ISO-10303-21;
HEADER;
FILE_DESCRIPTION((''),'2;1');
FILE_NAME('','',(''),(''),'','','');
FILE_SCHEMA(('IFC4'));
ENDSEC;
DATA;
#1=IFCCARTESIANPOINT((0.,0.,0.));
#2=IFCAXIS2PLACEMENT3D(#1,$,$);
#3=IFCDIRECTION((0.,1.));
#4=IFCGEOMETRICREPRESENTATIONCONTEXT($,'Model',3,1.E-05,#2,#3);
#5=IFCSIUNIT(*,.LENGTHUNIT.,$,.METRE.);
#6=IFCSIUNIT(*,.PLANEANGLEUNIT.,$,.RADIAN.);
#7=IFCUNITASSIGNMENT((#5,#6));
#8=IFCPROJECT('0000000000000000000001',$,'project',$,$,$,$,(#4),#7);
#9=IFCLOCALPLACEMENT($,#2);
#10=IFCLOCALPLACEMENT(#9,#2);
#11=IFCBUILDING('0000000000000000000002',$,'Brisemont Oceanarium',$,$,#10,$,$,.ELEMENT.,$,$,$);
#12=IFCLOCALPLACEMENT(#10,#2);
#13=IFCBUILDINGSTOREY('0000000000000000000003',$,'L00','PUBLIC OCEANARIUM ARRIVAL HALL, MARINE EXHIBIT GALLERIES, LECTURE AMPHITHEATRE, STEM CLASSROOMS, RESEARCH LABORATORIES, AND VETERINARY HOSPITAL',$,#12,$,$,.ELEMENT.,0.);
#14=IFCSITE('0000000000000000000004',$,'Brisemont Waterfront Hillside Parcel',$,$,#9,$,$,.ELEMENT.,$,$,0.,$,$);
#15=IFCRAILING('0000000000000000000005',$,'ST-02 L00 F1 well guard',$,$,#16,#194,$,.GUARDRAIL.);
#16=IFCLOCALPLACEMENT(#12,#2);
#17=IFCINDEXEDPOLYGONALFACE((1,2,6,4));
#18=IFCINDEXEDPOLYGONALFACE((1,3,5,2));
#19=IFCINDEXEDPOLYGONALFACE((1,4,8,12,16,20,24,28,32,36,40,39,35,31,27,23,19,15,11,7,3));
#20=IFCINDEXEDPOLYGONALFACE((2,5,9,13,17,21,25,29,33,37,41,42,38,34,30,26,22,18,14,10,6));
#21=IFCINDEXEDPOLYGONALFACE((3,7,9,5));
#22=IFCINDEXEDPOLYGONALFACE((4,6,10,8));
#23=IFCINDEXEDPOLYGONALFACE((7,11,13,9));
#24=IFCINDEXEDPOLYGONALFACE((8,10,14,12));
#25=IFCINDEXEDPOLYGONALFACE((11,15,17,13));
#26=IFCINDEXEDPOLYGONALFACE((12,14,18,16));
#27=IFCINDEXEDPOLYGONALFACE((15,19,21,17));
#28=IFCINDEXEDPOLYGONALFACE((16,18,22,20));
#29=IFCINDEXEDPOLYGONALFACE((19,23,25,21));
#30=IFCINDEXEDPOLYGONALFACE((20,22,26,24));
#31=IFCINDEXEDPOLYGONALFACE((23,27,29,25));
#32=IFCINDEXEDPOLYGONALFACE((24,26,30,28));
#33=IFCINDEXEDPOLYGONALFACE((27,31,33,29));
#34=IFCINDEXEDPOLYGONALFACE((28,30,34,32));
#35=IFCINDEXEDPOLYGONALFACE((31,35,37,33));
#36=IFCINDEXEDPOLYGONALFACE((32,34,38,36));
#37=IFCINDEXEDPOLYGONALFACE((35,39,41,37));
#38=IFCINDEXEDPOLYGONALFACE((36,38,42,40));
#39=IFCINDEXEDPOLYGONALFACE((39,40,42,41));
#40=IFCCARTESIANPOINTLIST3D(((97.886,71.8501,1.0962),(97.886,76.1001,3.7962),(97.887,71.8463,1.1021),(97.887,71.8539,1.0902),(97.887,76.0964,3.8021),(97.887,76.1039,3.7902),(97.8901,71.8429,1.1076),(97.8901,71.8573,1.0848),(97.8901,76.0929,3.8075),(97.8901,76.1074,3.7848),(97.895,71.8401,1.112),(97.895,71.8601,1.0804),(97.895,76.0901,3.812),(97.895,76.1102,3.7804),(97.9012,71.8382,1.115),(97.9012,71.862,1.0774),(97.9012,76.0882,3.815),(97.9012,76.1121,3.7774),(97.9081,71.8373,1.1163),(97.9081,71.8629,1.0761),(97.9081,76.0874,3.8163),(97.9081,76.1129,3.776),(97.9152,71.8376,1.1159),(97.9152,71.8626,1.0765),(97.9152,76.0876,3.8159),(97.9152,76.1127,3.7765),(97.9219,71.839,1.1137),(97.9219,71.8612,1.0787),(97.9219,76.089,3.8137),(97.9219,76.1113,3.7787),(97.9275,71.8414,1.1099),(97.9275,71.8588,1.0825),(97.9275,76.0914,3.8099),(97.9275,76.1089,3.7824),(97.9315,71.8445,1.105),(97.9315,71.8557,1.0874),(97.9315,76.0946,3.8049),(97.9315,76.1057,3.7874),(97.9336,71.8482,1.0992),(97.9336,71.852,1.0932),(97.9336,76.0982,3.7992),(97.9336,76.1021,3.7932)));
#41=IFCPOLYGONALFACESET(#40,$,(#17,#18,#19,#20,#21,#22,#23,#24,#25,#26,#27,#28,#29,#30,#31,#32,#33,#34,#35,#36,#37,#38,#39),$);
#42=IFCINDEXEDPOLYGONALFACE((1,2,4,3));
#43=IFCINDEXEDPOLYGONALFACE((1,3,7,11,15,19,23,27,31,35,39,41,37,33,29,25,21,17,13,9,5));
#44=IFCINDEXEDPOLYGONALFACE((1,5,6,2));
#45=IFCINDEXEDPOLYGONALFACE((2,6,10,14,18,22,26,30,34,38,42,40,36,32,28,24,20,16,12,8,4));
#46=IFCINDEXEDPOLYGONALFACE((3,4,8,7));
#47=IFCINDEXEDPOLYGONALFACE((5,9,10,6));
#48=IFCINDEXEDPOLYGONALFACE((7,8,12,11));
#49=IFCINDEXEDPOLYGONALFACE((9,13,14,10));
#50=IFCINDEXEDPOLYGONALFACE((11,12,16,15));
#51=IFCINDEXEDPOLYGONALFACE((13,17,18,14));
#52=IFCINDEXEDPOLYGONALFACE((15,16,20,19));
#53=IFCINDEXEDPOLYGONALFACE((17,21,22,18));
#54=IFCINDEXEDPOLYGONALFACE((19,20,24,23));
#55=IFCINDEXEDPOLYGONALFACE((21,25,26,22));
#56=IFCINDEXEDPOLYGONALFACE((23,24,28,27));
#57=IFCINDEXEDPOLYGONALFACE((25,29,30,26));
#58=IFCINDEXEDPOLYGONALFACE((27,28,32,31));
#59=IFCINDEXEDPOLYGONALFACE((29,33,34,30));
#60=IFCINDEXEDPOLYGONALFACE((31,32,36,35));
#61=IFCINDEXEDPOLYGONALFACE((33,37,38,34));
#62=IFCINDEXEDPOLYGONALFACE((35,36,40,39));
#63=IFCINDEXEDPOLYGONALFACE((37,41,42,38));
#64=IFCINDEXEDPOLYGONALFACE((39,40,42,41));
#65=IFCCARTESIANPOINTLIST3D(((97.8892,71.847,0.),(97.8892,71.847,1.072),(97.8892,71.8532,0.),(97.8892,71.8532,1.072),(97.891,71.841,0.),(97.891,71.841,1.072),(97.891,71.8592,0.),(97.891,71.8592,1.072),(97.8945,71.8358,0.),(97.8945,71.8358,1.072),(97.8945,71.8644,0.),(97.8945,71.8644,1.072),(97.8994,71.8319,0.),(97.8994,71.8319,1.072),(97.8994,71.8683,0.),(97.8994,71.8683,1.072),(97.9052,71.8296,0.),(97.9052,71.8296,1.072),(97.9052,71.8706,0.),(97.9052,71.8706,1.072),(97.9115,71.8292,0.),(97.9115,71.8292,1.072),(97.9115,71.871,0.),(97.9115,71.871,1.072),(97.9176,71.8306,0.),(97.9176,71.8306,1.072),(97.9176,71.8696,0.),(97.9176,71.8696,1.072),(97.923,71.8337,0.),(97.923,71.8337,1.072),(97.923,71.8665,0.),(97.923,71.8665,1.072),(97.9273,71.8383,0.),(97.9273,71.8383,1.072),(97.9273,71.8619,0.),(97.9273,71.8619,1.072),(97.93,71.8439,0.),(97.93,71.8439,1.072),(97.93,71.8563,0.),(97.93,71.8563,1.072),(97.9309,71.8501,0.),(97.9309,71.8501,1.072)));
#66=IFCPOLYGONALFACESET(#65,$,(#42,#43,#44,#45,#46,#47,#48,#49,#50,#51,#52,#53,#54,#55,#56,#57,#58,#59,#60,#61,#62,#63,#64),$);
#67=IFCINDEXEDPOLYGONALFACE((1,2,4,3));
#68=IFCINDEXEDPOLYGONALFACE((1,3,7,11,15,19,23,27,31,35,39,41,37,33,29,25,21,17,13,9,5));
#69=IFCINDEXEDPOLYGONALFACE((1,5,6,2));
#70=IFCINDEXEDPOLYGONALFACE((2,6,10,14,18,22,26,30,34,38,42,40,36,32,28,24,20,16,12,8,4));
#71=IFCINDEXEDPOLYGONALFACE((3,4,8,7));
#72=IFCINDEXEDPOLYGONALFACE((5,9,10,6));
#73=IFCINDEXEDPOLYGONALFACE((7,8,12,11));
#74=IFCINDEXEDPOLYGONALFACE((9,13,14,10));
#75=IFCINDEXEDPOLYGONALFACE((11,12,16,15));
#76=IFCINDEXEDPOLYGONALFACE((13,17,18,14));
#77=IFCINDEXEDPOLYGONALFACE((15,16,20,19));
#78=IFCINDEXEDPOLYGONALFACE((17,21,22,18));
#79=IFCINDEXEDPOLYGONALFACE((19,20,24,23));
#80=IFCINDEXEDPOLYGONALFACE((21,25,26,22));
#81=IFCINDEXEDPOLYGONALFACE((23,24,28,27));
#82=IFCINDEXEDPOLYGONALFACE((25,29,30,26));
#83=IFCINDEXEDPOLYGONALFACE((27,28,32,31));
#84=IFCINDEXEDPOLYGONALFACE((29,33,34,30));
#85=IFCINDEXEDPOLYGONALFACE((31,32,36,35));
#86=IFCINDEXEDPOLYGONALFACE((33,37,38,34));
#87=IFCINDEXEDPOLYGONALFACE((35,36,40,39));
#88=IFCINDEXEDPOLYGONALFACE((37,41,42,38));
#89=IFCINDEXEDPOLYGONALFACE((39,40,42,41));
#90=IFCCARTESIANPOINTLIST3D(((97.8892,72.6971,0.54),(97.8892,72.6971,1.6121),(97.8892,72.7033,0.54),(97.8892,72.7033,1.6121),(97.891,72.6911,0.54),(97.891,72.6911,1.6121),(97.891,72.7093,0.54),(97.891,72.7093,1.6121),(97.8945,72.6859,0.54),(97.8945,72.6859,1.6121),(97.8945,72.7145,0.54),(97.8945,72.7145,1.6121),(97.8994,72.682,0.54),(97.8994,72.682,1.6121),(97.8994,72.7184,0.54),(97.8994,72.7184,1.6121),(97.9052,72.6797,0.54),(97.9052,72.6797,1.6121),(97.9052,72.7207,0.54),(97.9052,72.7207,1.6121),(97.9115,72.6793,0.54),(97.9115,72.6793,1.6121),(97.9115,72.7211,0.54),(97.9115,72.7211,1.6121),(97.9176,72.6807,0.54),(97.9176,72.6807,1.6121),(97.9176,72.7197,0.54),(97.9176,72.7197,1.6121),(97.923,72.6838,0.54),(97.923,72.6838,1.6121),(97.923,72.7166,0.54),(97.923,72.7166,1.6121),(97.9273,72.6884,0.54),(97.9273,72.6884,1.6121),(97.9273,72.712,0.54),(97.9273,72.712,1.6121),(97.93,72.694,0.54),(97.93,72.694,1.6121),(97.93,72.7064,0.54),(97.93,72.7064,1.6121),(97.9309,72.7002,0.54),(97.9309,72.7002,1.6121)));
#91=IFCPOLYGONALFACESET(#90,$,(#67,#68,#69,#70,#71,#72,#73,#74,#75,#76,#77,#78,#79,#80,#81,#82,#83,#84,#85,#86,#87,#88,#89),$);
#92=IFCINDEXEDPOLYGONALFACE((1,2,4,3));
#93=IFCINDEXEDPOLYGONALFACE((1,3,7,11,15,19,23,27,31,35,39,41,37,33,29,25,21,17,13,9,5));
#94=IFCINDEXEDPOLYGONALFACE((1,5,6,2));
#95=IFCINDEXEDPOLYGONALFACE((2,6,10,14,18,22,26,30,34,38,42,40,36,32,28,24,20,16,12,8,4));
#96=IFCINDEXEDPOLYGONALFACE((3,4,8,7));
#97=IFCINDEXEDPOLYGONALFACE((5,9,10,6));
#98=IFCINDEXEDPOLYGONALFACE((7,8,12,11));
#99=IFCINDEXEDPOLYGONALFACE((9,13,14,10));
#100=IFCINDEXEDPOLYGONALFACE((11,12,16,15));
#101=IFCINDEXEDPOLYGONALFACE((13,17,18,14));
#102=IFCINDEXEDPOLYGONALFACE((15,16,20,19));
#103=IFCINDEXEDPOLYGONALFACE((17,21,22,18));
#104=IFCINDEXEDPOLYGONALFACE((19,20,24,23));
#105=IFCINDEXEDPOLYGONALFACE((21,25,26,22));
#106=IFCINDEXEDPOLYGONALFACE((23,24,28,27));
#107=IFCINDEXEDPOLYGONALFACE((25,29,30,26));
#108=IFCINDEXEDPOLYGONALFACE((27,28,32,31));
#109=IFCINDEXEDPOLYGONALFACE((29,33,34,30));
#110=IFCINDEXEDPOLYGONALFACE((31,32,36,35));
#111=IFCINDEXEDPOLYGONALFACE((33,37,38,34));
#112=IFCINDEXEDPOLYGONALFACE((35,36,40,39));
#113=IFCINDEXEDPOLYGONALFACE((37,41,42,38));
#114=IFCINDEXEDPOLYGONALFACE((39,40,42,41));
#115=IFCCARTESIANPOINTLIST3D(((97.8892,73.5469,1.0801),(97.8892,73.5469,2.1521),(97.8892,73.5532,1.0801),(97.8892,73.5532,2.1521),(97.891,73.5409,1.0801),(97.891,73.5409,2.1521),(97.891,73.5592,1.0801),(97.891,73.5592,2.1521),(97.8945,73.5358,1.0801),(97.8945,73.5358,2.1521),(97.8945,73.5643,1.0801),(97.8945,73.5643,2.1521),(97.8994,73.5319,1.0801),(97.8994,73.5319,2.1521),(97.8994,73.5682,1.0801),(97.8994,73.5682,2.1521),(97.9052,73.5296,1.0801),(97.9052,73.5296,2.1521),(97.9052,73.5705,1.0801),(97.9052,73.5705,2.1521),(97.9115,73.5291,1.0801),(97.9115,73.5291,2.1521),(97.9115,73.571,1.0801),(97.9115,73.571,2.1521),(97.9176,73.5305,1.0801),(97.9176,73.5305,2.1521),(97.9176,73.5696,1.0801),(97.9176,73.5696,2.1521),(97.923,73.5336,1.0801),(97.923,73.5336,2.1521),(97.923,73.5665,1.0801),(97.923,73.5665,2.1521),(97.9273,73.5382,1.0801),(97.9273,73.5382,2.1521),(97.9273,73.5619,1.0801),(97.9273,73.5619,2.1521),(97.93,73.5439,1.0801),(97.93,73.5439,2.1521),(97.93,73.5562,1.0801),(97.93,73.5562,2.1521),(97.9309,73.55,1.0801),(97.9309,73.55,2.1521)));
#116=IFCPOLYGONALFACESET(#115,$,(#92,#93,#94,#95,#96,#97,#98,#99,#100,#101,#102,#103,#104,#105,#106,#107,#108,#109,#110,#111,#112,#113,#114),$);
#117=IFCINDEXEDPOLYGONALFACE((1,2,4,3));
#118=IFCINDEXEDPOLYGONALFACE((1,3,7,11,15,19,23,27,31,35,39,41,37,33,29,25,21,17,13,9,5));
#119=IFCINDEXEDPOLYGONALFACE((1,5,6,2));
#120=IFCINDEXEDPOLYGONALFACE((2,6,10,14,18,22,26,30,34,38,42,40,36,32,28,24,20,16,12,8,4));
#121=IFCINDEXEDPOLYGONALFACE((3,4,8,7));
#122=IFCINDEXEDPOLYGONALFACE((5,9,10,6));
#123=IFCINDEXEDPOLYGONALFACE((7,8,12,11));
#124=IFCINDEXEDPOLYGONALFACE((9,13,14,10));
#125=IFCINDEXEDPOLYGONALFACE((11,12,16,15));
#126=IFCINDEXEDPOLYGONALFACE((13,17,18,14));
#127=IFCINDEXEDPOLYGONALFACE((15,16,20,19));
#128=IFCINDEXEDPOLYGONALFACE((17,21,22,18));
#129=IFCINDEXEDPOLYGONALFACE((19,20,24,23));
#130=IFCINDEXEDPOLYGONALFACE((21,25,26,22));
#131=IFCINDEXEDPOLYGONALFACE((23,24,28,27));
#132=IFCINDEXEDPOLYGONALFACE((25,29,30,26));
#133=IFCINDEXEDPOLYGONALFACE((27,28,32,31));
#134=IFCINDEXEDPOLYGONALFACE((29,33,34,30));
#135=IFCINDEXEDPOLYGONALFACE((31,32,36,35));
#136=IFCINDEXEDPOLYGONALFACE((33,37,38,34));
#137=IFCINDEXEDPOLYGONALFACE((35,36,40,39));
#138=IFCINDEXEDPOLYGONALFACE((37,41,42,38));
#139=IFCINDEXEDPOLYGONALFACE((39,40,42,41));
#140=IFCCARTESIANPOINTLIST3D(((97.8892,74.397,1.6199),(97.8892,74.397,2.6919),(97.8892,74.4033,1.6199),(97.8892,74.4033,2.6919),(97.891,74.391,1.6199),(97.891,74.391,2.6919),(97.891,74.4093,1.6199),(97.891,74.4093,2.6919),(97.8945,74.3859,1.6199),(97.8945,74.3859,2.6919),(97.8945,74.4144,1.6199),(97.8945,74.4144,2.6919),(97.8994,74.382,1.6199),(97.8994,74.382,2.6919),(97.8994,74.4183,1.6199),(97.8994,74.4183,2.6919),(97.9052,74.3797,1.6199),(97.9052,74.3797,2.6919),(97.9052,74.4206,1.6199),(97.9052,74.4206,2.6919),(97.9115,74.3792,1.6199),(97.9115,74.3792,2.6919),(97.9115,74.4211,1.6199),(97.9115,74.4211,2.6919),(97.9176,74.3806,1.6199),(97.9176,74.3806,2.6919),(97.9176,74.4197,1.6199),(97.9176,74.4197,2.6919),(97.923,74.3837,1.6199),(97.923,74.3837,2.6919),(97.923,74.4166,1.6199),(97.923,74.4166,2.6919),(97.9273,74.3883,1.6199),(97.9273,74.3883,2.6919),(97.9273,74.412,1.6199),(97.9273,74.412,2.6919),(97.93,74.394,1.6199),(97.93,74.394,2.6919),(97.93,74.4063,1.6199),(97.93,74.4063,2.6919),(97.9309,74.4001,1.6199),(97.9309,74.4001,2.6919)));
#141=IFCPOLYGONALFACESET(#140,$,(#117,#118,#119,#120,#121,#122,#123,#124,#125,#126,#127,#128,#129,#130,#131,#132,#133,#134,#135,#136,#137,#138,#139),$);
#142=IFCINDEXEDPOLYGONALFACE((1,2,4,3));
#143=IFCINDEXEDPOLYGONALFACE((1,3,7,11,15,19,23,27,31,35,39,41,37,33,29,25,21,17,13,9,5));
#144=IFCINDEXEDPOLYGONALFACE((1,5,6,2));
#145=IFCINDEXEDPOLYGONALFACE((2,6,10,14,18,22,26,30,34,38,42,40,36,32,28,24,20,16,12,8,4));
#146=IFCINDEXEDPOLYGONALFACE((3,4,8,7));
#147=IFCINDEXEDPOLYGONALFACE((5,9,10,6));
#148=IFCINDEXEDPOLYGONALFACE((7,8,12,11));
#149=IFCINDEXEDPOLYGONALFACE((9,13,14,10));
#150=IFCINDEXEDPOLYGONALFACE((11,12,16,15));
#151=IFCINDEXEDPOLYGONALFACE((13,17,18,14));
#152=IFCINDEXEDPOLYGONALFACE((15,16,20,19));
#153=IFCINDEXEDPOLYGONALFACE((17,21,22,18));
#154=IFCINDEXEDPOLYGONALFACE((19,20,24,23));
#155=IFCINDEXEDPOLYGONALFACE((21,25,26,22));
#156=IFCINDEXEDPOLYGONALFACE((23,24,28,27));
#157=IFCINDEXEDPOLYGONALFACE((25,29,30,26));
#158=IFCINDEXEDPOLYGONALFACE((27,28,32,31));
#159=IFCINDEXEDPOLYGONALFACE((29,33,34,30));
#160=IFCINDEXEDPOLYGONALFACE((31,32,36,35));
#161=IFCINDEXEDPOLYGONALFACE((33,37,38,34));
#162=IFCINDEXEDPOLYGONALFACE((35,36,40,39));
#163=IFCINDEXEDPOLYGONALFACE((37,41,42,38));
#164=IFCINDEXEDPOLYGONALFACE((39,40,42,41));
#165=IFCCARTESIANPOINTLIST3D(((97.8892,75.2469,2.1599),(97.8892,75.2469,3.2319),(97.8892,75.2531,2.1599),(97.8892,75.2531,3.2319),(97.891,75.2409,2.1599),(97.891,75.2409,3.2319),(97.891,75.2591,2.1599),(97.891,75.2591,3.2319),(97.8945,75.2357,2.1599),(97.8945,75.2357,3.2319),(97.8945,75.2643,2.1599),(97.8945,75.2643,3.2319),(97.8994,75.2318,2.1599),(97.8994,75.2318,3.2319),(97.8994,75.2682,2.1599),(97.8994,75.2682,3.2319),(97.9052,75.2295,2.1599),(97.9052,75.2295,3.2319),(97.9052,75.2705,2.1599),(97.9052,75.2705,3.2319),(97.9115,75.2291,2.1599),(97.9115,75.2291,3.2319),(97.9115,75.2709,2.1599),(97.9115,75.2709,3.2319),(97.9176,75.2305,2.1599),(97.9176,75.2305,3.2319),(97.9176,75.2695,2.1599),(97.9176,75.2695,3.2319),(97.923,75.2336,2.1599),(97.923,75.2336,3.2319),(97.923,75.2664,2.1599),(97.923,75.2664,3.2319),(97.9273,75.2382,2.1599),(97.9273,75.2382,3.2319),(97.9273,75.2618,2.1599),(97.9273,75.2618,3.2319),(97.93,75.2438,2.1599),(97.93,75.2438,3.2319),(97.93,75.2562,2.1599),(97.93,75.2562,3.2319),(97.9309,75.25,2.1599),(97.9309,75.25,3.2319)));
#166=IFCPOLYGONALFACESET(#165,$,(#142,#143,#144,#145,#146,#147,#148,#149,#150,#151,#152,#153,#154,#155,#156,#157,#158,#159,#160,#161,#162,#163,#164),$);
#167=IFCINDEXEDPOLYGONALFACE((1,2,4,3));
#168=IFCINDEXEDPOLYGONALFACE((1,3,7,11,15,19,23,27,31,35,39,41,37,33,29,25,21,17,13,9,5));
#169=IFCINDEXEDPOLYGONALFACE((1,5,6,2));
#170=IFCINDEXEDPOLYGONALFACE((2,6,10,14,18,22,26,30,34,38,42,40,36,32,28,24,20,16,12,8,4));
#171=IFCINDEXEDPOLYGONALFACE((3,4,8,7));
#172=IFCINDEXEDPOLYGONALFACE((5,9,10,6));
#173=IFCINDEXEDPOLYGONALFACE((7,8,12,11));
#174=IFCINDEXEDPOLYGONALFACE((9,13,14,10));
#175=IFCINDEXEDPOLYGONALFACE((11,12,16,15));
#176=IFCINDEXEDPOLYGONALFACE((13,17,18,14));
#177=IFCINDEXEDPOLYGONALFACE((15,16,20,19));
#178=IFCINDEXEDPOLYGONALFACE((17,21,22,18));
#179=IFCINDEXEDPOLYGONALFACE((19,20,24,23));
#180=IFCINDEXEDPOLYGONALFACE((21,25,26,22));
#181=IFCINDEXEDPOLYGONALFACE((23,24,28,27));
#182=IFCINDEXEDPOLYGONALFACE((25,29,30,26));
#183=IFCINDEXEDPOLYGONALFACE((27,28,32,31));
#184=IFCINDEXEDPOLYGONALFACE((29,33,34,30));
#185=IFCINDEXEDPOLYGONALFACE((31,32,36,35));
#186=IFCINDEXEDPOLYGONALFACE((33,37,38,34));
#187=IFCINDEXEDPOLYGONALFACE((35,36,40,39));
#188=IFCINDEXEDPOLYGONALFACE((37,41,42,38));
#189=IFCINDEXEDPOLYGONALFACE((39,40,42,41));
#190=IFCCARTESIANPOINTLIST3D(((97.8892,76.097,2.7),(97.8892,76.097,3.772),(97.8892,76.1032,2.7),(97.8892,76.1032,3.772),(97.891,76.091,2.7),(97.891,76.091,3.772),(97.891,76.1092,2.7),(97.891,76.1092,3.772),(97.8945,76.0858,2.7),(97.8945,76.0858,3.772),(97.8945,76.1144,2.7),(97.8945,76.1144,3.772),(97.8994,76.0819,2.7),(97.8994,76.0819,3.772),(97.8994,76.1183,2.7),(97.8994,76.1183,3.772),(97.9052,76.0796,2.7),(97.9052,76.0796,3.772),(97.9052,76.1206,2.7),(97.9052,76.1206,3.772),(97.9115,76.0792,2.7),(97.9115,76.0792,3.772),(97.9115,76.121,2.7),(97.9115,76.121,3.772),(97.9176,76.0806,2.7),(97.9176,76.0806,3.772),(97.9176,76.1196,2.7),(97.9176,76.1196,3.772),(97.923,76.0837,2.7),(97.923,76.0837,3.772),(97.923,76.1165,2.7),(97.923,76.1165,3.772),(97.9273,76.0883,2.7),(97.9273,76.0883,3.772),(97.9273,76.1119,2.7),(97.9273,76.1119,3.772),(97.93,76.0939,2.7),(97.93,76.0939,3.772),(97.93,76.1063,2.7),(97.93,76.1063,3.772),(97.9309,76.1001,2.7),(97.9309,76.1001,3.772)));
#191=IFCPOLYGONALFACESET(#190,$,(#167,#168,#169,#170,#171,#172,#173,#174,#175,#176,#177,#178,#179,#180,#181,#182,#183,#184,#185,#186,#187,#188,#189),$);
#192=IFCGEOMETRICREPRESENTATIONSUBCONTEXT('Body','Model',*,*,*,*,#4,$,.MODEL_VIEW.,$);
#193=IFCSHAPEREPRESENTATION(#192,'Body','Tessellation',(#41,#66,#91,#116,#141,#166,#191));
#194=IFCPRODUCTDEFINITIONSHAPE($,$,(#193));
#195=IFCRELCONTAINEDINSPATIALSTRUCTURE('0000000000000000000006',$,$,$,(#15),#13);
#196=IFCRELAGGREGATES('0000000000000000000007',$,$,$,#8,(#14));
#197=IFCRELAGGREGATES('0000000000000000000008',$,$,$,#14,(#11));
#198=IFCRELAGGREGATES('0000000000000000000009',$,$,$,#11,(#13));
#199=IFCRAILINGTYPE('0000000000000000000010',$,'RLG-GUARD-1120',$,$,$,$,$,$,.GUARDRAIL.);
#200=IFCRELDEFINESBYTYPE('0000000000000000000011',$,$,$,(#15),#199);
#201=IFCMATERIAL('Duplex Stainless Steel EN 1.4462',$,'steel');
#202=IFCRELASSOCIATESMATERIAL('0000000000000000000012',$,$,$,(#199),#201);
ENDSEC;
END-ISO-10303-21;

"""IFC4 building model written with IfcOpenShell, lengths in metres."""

from ifc_helpers import new_model, si_unit, direction, frame, origin, origin_2d, place, context, subcontext, project, spatial, circle, extrude, material, type_object, element, save


model = new_model("IFC4")

# Units and contexts
model_context = context("Model", 3, precision=1e-05, world=origin(), true_north=direction((0.0, 1.0)))
body_context = subcontext(model_context, "Body", "Model", "MODEL_VIEW")
ifc_project = project(units=[si_unit("LENGTHUNIT", "METRE"), si_unit("PLANEANGLEUNIT", "RADIAN")], contexts=[model_context])

# Site, building, storey
site_placement = place(None, origin())
site = spatial("IfcSite", under=ifc_project, at=site_placement, Name="Brisemont Waterfront Hillside Parcel", CompositionType="ELEMENT", RefElevation=0.0)
building_placement = place(site_placement, origin())
building = spatial("IfcBuilding", under=site, at=building_placement, Name="Brisemont Oceanarium", CompositionType="ELEMENT")
storey_placement = place(building_placement, origin())
storey = spatial("IfcBuildingStorey", under=building, at=storey_placement, Name="L00", Description="PUBLIC OCEANARIUM ARRIVAL HALL, MARINE EXHIBIT GALLERIES, LECTURE AMPHITHEATRE, STEM CLASSROOMS, RESEARCH LABORATORIES, AND VETERINARY HOSPITAL", CompositionType="ELEMENT", Elevation=0.0)

# Railing
ifc_material_1 = material(Name="Duplex Stainless Steel EN 1.4462", Category="steel")
railing_type_1 = type_object("IfcRailingType", Name="RLG-GUARD-1120", PredefinedType="GUARDRAIL", material=ifc_material_1)
railing_1_placement = place(storey_placement, frame((97.9099, 71.8501, 0.0)))
element("IfcRailing", 1, at=railing_1_placement, inside=storey, type_object=railing_type_1, Name="ST-02 L00 F1 well guard", PredefinedType="GUARDRAIL", context=body_context, shape_type="SweptSolid", body=[
    extrude(circle(Radius=0.0239, at=origin_2d()), frame((0.0, 0.0, 1.0962), z_axis=(0.0, 0.844075, 0.536226), x_axis=(-1.0, 0.0, 0.0)), (0.0, 0.0, 1.0), 5.0352),
    extrude(circle(Radius=0.021, at=origin_2d()), origin(), (0.0, 0.0, 1.0), 1.072),
    extrude(circle(Radius=0.021, at=origin_2d()), frame((0.0, 0.8501, 0.54)), (0.0, 0.0, 1.0), 1.072),
    extrude(circle(Radius=0.021, at=origin_2d()), frame((0.0, 1.7, 1.0801)), (0.0, 0.0, 1.0), 1.072),
    extrude(circle(Radius=0.021, at=origin_2d()), frame((0.0, 2.55, 1.6199)), (0.0, 0.0, 1.0), 1.072),
    extrude(circle(Radius=0.021, at=origin_2d()), frame((0.0, 3.3999, 2.1599)), (0.0, 0.0, 1.0), 1.072),
    extrude(circle(Radius=0.021, at=origin_2d()), frame((0.0, 4.25, 2.7)), (0.0, 0.0, 1.0), 1.072),
])

save(model, "model.ifc")
